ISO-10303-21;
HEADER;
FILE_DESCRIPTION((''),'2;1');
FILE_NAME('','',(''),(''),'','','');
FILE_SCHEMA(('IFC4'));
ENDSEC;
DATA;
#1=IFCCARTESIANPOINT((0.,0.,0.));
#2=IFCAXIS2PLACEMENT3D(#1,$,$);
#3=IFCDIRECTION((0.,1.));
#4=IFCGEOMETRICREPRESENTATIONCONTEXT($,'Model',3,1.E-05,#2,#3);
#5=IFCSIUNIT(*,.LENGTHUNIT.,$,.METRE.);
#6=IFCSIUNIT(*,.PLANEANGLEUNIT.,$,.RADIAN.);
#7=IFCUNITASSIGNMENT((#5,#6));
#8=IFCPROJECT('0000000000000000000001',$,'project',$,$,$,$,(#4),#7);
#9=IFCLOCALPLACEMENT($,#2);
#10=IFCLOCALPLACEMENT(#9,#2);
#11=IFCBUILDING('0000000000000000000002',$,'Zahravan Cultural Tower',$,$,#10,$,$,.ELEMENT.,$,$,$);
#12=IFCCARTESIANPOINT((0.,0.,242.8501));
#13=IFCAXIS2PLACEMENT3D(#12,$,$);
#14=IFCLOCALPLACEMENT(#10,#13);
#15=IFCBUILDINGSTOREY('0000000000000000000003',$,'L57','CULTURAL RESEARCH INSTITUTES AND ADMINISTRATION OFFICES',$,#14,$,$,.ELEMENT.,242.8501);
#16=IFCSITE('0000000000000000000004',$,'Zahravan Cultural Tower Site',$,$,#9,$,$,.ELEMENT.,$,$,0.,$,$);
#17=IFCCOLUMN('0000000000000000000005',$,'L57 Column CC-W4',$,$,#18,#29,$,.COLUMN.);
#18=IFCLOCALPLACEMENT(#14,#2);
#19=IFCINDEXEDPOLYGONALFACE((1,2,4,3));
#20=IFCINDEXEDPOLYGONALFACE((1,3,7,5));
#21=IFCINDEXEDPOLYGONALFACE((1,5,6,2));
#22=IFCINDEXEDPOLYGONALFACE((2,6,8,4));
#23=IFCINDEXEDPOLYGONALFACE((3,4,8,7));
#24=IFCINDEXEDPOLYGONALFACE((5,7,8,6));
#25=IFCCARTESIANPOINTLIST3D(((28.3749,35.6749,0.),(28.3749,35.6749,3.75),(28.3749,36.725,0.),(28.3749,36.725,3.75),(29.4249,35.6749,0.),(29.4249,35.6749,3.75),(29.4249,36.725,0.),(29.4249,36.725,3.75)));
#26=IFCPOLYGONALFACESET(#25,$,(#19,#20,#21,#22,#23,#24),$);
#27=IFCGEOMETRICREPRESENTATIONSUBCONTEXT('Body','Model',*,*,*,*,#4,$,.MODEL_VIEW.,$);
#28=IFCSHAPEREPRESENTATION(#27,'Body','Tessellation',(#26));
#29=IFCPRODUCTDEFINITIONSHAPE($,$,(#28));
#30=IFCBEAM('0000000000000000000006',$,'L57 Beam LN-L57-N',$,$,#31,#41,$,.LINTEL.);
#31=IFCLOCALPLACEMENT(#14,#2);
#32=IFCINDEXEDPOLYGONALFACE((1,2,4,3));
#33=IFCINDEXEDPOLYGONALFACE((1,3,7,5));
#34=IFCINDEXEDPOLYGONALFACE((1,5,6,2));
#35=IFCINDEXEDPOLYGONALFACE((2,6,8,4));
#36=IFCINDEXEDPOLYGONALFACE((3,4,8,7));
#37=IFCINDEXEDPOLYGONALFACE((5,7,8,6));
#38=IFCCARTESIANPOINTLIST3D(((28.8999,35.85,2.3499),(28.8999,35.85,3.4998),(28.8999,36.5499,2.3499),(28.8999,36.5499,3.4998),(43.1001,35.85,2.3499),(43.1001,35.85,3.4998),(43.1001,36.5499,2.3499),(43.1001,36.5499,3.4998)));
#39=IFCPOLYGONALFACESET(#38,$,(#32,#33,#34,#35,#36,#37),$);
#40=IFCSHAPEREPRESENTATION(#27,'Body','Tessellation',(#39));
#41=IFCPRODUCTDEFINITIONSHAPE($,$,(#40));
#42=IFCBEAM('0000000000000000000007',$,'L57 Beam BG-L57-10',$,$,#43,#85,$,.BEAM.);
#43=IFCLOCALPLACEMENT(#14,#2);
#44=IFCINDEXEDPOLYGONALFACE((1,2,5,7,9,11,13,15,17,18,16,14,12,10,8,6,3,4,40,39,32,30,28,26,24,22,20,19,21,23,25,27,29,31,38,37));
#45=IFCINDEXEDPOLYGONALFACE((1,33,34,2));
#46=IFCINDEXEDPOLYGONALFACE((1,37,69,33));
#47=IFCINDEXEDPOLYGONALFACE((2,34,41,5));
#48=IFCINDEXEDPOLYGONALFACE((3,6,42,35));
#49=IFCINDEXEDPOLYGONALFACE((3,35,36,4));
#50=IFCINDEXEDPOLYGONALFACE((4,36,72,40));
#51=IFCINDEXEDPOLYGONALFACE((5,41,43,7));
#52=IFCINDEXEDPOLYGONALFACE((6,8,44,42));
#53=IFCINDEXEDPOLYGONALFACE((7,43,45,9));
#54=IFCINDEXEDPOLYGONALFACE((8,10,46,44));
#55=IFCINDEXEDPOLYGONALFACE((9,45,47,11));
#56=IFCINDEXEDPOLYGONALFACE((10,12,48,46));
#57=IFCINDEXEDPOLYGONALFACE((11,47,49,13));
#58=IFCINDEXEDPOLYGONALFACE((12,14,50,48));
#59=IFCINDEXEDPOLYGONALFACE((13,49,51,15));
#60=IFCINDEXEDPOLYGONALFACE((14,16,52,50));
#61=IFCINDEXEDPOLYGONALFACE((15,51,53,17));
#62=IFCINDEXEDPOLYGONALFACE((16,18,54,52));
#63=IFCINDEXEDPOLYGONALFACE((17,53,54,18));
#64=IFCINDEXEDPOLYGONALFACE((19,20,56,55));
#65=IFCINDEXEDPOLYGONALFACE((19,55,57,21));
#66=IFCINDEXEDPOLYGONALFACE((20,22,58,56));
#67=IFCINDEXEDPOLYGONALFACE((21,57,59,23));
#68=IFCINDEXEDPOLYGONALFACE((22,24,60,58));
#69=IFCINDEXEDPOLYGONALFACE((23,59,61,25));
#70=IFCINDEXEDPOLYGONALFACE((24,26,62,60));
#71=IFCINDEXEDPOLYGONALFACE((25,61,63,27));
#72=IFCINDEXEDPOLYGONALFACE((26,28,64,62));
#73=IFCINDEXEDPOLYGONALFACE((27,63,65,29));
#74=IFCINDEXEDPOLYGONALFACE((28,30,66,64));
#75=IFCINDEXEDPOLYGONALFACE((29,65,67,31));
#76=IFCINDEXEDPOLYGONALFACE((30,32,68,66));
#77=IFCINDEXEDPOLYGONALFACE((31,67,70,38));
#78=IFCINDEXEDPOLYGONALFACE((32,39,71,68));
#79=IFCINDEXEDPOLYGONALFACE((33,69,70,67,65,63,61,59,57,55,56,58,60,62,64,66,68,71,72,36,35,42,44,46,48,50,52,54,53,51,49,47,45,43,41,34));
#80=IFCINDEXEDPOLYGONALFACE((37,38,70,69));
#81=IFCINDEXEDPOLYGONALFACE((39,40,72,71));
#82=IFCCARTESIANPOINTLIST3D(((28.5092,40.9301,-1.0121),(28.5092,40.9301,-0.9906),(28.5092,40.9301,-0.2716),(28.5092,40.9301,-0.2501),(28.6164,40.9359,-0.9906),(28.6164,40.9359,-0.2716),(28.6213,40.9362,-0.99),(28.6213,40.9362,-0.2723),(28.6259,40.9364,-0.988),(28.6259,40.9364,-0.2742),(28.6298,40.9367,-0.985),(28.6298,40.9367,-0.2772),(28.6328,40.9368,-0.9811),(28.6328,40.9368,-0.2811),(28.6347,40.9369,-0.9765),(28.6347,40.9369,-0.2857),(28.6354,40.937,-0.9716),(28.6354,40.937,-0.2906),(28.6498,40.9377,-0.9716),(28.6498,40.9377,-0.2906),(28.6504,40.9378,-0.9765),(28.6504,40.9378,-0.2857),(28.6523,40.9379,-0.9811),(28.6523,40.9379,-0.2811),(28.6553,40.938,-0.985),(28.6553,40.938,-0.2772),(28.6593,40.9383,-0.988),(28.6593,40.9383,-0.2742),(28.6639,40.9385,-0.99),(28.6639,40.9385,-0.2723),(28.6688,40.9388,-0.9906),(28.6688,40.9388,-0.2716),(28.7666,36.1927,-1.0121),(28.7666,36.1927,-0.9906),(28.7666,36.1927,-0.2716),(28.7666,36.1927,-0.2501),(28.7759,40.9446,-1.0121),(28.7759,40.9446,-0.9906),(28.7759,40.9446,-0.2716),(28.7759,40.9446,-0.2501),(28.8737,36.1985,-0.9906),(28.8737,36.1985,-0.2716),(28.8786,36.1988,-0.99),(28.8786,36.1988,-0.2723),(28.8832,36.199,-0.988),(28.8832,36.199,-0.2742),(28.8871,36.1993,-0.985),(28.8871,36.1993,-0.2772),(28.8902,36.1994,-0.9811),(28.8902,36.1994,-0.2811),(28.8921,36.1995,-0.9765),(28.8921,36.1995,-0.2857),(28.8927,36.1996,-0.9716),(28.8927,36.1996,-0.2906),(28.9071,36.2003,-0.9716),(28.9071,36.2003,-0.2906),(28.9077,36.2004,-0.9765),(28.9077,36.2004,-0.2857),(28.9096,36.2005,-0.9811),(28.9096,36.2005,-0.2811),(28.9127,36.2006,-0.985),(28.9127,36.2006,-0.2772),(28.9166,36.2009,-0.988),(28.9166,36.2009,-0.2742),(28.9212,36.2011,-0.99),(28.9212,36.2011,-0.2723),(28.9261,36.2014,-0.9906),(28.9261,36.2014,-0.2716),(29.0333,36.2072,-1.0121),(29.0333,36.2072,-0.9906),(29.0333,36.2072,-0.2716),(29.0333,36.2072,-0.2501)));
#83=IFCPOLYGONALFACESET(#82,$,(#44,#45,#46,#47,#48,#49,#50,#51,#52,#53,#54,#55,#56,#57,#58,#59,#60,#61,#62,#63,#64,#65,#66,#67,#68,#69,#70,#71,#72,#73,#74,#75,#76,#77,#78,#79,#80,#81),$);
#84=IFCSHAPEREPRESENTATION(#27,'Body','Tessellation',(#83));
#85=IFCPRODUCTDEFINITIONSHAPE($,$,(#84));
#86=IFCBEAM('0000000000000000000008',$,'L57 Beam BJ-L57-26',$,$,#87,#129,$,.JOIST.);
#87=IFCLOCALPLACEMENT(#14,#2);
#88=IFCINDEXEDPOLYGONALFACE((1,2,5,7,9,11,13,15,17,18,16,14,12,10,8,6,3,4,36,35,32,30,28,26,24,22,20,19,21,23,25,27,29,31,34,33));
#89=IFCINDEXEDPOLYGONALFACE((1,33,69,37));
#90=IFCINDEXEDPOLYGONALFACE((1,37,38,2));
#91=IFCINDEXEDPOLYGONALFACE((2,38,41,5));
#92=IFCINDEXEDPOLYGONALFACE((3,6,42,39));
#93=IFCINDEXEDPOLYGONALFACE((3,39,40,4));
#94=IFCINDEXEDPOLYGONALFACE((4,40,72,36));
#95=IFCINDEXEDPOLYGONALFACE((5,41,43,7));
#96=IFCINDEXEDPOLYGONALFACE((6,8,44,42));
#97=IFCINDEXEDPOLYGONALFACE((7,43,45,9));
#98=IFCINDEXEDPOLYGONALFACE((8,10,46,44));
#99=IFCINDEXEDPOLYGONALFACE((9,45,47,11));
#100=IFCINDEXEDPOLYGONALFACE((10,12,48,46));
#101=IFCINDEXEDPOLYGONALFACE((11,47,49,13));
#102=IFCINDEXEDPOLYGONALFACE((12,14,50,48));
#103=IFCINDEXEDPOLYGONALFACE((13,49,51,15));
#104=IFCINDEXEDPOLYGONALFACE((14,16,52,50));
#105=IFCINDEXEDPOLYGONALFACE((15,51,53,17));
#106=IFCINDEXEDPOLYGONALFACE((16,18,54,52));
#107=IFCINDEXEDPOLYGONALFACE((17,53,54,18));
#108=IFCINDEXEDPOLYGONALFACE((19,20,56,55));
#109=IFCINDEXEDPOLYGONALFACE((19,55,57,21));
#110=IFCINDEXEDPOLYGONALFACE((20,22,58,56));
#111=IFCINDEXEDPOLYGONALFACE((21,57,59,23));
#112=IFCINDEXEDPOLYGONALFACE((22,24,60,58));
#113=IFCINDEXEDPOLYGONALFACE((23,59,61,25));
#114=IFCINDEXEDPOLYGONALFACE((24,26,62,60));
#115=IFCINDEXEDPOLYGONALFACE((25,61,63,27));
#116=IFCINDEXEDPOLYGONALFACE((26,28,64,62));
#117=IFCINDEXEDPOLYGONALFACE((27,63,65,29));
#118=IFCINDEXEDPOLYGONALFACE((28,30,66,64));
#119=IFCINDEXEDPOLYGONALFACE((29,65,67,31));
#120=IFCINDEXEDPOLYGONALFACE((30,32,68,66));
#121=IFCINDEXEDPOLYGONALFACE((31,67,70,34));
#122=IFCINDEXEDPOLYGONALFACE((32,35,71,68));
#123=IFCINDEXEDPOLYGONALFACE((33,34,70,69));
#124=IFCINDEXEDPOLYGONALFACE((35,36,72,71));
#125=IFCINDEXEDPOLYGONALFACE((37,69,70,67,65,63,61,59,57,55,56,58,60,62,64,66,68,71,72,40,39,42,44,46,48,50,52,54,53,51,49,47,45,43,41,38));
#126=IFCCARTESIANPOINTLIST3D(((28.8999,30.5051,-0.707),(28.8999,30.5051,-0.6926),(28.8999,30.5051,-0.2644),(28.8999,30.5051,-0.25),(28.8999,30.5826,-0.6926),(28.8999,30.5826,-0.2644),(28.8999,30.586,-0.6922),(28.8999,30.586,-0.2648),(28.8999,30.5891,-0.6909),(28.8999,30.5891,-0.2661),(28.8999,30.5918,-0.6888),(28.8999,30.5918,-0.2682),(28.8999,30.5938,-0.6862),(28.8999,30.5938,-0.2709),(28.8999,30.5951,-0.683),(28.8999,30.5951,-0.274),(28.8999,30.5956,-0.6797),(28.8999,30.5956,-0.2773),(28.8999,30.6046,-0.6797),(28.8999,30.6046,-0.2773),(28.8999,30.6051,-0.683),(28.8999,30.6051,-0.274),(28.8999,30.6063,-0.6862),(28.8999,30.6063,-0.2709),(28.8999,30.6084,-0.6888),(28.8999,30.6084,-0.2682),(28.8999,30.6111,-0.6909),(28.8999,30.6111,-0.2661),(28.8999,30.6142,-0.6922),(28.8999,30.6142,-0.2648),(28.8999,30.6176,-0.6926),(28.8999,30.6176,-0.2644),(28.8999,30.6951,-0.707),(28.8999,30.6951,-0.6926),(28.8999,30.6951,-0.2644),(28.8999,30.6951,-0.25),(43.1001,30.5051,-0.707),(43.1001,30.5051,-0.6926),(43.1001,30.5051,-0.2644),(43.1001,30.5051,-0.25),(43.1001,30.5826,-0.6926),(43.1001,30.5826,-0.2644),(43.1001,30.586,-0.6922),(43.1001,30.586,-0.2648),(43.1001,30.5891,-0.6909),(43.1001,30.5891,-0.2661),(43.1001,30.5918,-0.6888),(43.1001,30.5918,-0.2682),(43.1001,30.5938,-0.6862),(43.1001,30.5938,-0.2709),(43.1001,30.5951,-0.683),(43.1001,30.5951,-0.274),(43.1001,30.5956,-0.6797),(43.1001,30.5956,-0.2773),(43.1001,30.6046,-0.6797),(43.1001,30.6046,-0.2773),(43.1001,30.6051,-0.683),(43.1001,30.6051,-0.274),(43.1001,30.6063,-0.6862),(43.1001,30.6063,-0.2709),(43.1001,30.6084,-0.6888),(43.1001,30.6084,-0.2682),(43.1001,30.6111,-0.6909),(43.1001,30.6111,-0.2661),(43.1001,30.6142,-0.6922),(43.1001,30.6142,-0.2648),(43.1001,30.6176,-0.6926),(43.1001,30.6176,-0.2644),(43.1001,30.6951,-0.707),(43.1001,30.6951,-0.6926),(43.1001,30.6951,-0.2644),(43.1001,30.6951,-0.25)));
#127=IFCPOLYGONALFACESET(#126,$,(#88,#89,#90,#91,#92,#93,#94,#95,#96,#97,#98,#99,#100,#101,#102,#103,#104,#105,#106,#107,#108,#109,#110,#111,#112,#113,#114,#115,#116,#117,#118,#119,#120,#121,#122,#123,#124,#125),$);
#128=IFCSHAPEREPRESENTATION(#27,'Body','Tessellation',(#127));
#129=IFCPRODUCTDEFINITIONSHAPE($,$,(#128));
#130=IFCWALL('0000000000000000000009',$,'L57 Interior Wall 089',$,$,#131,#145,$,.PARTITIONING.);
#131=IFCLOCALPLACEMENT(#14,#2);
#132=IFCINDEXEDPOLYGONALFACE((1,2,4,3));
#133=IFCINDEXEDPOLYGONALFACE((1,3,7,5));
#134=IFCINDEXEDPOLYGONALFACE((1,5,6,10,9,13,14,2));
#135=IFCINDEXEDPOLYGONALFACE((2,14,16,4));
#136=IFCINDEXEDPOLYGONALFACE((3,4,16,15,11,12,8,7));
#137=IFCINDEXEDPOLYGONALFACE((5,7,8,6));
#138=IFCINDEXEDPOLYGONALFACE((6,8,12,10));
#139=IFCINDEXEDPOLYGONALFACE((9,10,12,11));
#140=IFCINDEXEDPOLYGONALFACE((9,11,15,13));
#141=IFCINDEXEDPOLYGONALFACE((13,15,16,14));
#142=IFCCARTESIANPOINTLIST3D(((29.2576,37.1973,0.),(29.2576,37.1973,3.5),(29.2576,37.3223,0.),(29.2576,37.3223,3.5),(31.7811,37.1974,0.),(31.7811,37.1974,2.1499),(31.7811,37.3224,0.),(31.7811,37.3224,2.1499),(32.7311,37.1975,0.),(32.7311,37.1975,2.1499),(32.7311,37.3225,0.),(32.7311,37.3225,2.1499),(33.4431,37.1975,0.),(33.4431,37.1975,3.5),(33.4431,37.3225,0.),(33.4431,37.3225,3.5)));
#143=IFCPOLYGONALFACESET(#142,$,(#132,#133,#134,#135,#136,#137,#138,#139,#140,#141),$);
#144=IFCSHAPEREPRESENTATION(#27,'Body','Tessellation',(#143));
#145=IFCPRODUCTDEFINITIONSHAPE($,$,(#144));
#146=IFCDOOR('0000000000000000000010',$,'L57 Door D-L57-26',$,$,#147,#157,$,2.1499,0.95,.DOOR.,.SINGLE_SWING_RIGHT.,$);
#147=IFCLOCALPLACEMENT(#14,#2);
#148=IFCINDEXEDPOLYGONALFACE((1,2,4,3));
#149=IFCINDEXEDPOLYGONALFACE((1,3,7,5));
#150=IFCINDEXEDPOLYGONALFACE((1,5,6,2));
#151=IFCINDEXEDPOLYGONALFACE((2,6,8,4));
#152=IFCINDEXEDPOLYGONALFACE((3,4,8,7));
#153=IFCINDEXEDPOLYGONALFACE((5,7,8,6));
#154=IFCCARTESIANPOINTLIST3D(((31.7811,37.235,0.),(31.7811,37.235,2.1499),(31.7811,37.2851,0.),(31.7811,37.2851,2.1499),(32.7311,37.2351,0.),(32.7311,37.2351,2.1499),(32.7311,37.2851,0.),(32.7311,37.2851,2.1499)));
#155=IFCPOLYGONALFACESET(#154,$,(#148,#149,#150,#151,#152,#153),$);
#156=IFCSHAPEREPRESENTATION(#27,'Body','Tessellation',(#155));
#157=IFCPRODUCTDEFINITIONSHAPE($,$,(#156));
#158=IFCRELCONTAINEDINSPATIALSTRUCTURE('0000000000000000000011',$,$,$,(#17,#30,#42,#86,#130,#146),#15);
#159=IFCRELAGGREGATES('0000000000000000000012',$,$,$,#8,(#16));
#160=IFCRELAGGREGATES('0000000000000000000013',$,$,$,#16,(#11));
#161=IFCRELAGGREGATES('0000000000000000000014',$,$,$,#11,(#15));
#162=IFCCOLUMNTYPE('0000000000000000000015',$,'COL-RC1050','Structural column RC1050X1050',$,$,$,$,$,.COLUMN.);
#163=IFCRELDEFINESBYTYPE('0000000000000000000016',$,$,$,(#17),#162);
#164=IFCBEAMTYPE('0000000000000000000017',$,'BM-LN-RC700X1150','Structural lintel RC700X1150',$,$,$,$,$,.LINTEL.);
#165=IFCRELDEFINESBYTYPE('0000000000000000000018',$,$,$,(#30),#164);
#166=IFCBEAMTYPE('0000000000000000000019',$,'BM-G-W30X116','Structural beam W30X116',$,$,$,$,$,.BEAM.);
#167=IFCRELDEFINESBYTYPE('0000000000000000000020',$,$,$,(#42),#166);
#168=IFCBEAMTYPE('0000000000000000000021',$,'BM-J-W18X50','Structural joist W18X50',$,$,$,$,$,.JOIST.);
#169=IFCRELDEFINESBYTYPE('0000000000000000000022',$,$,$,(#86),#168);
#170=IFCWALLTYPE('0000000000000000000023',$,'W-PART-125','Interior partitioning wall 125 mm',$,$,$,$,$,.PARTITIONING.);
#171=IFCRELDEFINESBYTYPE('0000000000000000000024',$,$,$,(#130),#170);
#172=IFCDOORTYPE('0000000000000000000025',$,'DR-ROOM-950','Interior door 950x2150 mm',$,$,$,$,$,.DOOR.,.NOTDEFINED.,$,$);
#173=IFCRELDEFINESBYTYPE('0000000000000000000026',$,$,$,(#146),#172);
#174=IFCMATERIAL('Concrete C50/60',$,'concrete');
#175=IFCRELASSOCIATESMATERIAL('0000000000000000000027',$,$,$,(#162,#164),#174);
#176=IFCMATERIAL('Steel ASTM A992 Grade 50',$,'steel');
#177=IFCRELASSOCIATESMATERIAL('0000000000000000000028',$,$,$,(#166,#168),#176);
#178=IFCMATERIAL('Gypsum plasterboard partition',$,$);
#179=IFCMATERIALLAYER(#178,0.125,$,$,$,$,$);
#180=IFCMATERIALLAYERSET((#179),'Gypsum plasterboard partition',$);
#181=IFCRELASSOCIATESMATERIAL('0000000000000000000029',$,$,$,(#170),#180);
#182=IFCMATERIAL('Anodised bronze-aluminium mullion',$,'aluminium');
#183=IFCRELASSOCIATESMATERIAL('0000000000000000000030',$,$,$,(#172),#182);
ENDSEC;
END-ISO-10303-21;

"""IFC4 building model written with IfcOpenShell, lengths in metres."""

from ifc_helpers import new_model, si_unit, direction, frame, frame_2d, origin, origin_2d, place, context, subcontext, project, spatial, rectangle, i_section, extrude, source, transform, mapped, material, layer, layer_set, material_profile, profile_set, type_object, element, fill, save


model = new_model("IFC4")

# Units and contexts
model_context = context("Model", 3, precision=1e-05, world=origin(), true_north=direction((0.0, 1.0)))
body_context = subcontext(model_context, "Body", "Model", "MODEL_VIEW")
ifc_project = project(units=[si_unit("LENGTHUNIT", "METRE"), si_unit("PLANEANGLEUNIT", "RADIAN")], contexts=[model_context])

# Site, building, storey
site_placement = place(None, origin())
site = spatial("IfcSite", under=ifc_project, at=site_placement, Name="Zahravan Cultural Tower Site", CompositionType="ELEMENT", RefElevation=0.0)
building_placement = place(site_placement, origin())
building = spatial("IfcBuilding", under=site, at=building_placement, Name="Zahravan Cultural Tower", CompositionType="ELEMENT")
storey_placement = place(building_placement, frame((0.0, 0.0, 242.8501)))
storey = spatial("IfcBuildingStorey", under=building, at=storey_placement, Name="L57", Description="CULTURAL RESEARCH INSTITUTES AND ADMINISTRATION OFFICES", CompositionType="ELEMENT", Elevation=242.8501)

# Column
ifc_material_1 = material(Name="Concrete C50/60", Category="concrete")
ifc_material_profile_1 = material_profile(ifc_material_1, rectangle(XDim=1.05, YDim=1.05, at=origin_2d()), Name="RC1050X1050")
ifc_profile_set_1 = profile_set([ifc_material_profile_1], Name="Concrete C50/60")
column_type = type_object("IfcColumnType", Name="COL-RC1050", Description="Structural column RC1050X1050", PredefinedType="COLUMN", material=ifc_profile_set_1)
shared_shape_1 = source(origin(), body_context, "Body", "SweptSolid", [
    extrude(rectangle(XDim=1.05, YDim=1.05, at=origin_2d()), origin(), (0.0, 0.0, 1.0), 3.75),
])
column_placement = place(storey_placement, frame((28.8999, 36.2, 0.0), z_axis=(0.0, 0.0, 1.0), x_axis=(1.0, 0.0, 0.0)))
element("IfcColumn", 1, at=column_placement, inside=storey, type_object=column_type, Name="L57 Column CC-W4", PredefinedType="COLUMN", context=body_context, shape_type="MappedRepresentation", body=[
    mapped(shared_shape_1, transform((0.0, 0.0, 0.0), x_axis=(1.0, 0.0, 0.0), y_axis=(0.0, 1.0, 0.0), z_axis=(0.0, 0.0, 1.0), scale=1.0)),
])

# Beams
ifc_material_profile_2 = material_profile(ifc_material_1, rectangle(XDim=0.7, YDim=1.1499, at=origin_2d()), Name="RC700X1150")
ifc_profile_set_2 = profile_set([ifc_material_profile_2], Name="Concrete C50/60")
beam_type_1 = type_object("IfcBeamType", Name="BM-LN-RC700X1150", Description="Structural lintel RC700X1150", PredefinedType="LINTEL", material=ifc_profile_set_2)
shared_shape_2 = source(origin(), body_context, "Body", "SweptSolid", [
    extrude(rectangle(XDim=0.7, YDim=1.1499, at=origin_2d()), origin(), (0.0, 0.0, 1.0), 14.2002),
])
beam_1_placement = place(storey_placement, frame((28.8999, 36.2, 2.9248), z_axis=(1.0, 0.0, 0.0), x_axis=(0.0, 1.0, 0.0)))
element("IfcBeam", 2, at=beam_1_placement, inside=storey, type_object=beam_type_1, Name="L57 Beam LN-L57-N", PredefinedType="LINTEL", context=body_context, shape_type="MappedRepresentation", body=[
    mapped(shared_shape_2, transform((0.0, 0.0, 0.0), x_axis=(1.0, 0.0, 0.0), y_axis=(0.0, 1.0, 0.0), z_axis=(0.0, 0.0, 1.0), scale=1.0)),
])
ifc_material_2 = material(Name="Steel ASTM A992 Grade 50", Category="steel")
ifc_material_profile_3 = material_profile(ifc_material_2, i_section(OverallWidth=0.2671, OverallDepth=0.762, WebThickness=0.0144, FlangeThickness=0.0215, FilletRadius=0.019, at=origin_2d()), Name="W30X116")
ifc_profile_set_3 = profile_set([ifc_material_profile_3], Name="Steel ASTM A992 Grade 50")
beam_type_2 = type_object("IfcBeamType", Name="BM-G-W30X116", Description="Structural beam W30X116", PredefinedType="BEAM", material=ifc_profile_set_3)
shared_shape_3 = source(origin(), body_context, "Body", "SweptSolid", [
    extrude(i_section(OverallWidth=0.2671, OverallDepth=0.762, WebThickness=0.0144, FlangeThickness=0.0215, FilletRadius=0.019, at=origin_2d()), origin(), (0.0, 0.0, 1.0), 4.7444),
])
beam_2_placement = place(storey_placement, frame((28.8999, 36.2, -0.6311), z_axis=(-0.054239, 0.998528, 0.0), x_axis=(-0.998528, -0.054239, 0.0)))
element("IfcBeam", 3, at=beam_2_placement, inside=storey, type_object=beam_type_2, Name="L57 Beam BG-L57-10", PredefinedType="BEAM", context=body_context, shape_type="MappedRepresentation", body=[
    mapped(shared_shape_3, transform((0.0, 0.0, 0.0), x_axis=(1.0, 0.0, 0.0), y_axis=(0.0, 1.0, 0.0), z_axis=(0.0, 0.0, 1.0), scale=1.0)),
])
ifc_material_profile_4 = material_profile(ifc_material_2, i_section(OverallWidth=0.1899, OverallDepth=0.457, WebThickness=0.009, FlangeThickness=0.0144, FilletRadius=0.0129, at=origin_2d()), Name="W18X50")
ifc_profile_set_4 = profile_set([ifc_material_profile_4], Name="Steel ASTM A992 Grade 50")
beam_type_3 = type_object("IfcBeamType", Name="BM-J-W18X50", Description="Structural joist W18X50", PredefinedType="JOIST", material=ifc_profile_set_4)
shared_shape_4 = source(origin(), body_context, "Body", "SweptSolid", [
    extrude(i_section(OverallWidth=0.1899, OverallDepth=0.457, WebThickness=0.009, FlangeThickness=0.0144, FilletRadius=0.0129, at=origin_2d()), origin(), (0.0, 0.0, 1.0), 14.2002),
])
beam_3_placement = place(storey_placement, frame((28.8999, 30.6001, -0.4785), z_axis=(1.0, 0.0, 0.0), x_axis=(0.0, 1.0, 0.0)))
element("IfcBeam", 4, at=beam_3_placement, inside=storey, type_object=beam_type_3, Name="L57 Beam BJ-L57-26", PredefinedType="JOIST", context=body_context, shape_type="MappedRepresentation", body=[
    mapped(shared_shape_4, transform((0.0, 0.0, 0.0), x_axis=(1.0, 0.0, 0.0), y_axis=(0.0, 1.0, 0.0), z_axis=(0.0, 0.0, 1.0), scale=1.0)),
])

# Wall, opening, door
ifc_material_3 = material(Name="Gypsum plasterboard partition")
ifc_layer_1 = layer(ifc_material_3, 0.125)
ifc_layer_set_1 = layer_set([ifc_layer_1], Name="Gypsum plasterboard partition")
wall_type_1 = type_object("IfcWallType", Name="W-PART-125", Description="Interior partitioning wall 125 mm", PredefinedType="PARTITIONING", material=ifc_layer_set_1)
wall_1_placement = place(storey_placement, frame((33.4431, 37.26, 0.0), z_axis=(0.0, 0.0, 1.0), x_axis=(-1.0, -0.000058, 0.0)))
wall_1 = element("IfcWall", 5, at=wall_1_placement, inside=storey, type_object=wall_type_1, Name="L57 Interior Wall 089", PredefinedType="PARTITIONING", context=body_context, shape_type="SweptSolid", body=[
    extrude(rectangle(XDim=4.1855, YDim=0.125, at=frame_2d((2.0928, 0.0))), origin(), (0.0, 0.0, 1.0), 3.5),
])
opening_1_placement = place(wall_1_placement, frame((0.7119, 0.0, 0.0)))
opening_1 = element("IfcOpeningElement", 6, at=opening_1_placement, cuts=wall_1, PredefinedType="OPENING", context=body_context, shape_type="SweptSolid", body=[
    extrude(rectangle(XDim=0.95, YDim=2.1499, at=frame_2d((0.4751, 1.075))), frame((0.0, 0.0725, 0.0), z_axis=(0.0, -1.0, 0.0), x_axis=(1.0, 0.0, 0.0)), (0.0, 0.0, 1.0), 0.145),
])
ifc_material_4 = material(Name="Anodised bronze-aluminium mullion", Category="aluminium")
door_type_1 = type_object("IfcDoorType", Name="DR-ROOM-950", Description="Interior door 950x2150 mm", OperationType="NOTDEFINED", PredefinedType="DOOR", material=ifc_material_4)
shared_shape_5 = source(origin(), body_context, "Body", "SweptSolid", [
    extrude(rectangle(XDim=0.95, YDim=2.1499, at=frame_2d((0.4751, 1.075))), frame((0.0, 0.0249, 0.0), z_axis=(0.0, -1.0, 0.0), x_axis=(1.0, 0.0, 0.0)), (0.0, 0.0, 1.0), 0.05),
])
door_1_placement = place(opening_1_placement, origin())
door_1 = element("IfcDoor", 7, at=door_1_placement, inside=storey, type_object=door_type_1, Name="L57 Door D-L57-26", OperationType="SINGLE_SWING_RIGHT", OverallHeight=2.1499, OverallWidth=0.95, PredefinedType="DOOR", context=body_context, shape_type="MappedRepresentation", body=[
    mapped(shared_shape_5, transform((0.0, 0.0, 0.0), x_axis=(1.0, 0.0, 0.0), y_axis=(0.0, 1.0, 0.0), z_axis=(0.0, 0.0, 1.0), scale=1.0)),
])
fill(opening_1, door_1)

save(model, "model.ifc")
